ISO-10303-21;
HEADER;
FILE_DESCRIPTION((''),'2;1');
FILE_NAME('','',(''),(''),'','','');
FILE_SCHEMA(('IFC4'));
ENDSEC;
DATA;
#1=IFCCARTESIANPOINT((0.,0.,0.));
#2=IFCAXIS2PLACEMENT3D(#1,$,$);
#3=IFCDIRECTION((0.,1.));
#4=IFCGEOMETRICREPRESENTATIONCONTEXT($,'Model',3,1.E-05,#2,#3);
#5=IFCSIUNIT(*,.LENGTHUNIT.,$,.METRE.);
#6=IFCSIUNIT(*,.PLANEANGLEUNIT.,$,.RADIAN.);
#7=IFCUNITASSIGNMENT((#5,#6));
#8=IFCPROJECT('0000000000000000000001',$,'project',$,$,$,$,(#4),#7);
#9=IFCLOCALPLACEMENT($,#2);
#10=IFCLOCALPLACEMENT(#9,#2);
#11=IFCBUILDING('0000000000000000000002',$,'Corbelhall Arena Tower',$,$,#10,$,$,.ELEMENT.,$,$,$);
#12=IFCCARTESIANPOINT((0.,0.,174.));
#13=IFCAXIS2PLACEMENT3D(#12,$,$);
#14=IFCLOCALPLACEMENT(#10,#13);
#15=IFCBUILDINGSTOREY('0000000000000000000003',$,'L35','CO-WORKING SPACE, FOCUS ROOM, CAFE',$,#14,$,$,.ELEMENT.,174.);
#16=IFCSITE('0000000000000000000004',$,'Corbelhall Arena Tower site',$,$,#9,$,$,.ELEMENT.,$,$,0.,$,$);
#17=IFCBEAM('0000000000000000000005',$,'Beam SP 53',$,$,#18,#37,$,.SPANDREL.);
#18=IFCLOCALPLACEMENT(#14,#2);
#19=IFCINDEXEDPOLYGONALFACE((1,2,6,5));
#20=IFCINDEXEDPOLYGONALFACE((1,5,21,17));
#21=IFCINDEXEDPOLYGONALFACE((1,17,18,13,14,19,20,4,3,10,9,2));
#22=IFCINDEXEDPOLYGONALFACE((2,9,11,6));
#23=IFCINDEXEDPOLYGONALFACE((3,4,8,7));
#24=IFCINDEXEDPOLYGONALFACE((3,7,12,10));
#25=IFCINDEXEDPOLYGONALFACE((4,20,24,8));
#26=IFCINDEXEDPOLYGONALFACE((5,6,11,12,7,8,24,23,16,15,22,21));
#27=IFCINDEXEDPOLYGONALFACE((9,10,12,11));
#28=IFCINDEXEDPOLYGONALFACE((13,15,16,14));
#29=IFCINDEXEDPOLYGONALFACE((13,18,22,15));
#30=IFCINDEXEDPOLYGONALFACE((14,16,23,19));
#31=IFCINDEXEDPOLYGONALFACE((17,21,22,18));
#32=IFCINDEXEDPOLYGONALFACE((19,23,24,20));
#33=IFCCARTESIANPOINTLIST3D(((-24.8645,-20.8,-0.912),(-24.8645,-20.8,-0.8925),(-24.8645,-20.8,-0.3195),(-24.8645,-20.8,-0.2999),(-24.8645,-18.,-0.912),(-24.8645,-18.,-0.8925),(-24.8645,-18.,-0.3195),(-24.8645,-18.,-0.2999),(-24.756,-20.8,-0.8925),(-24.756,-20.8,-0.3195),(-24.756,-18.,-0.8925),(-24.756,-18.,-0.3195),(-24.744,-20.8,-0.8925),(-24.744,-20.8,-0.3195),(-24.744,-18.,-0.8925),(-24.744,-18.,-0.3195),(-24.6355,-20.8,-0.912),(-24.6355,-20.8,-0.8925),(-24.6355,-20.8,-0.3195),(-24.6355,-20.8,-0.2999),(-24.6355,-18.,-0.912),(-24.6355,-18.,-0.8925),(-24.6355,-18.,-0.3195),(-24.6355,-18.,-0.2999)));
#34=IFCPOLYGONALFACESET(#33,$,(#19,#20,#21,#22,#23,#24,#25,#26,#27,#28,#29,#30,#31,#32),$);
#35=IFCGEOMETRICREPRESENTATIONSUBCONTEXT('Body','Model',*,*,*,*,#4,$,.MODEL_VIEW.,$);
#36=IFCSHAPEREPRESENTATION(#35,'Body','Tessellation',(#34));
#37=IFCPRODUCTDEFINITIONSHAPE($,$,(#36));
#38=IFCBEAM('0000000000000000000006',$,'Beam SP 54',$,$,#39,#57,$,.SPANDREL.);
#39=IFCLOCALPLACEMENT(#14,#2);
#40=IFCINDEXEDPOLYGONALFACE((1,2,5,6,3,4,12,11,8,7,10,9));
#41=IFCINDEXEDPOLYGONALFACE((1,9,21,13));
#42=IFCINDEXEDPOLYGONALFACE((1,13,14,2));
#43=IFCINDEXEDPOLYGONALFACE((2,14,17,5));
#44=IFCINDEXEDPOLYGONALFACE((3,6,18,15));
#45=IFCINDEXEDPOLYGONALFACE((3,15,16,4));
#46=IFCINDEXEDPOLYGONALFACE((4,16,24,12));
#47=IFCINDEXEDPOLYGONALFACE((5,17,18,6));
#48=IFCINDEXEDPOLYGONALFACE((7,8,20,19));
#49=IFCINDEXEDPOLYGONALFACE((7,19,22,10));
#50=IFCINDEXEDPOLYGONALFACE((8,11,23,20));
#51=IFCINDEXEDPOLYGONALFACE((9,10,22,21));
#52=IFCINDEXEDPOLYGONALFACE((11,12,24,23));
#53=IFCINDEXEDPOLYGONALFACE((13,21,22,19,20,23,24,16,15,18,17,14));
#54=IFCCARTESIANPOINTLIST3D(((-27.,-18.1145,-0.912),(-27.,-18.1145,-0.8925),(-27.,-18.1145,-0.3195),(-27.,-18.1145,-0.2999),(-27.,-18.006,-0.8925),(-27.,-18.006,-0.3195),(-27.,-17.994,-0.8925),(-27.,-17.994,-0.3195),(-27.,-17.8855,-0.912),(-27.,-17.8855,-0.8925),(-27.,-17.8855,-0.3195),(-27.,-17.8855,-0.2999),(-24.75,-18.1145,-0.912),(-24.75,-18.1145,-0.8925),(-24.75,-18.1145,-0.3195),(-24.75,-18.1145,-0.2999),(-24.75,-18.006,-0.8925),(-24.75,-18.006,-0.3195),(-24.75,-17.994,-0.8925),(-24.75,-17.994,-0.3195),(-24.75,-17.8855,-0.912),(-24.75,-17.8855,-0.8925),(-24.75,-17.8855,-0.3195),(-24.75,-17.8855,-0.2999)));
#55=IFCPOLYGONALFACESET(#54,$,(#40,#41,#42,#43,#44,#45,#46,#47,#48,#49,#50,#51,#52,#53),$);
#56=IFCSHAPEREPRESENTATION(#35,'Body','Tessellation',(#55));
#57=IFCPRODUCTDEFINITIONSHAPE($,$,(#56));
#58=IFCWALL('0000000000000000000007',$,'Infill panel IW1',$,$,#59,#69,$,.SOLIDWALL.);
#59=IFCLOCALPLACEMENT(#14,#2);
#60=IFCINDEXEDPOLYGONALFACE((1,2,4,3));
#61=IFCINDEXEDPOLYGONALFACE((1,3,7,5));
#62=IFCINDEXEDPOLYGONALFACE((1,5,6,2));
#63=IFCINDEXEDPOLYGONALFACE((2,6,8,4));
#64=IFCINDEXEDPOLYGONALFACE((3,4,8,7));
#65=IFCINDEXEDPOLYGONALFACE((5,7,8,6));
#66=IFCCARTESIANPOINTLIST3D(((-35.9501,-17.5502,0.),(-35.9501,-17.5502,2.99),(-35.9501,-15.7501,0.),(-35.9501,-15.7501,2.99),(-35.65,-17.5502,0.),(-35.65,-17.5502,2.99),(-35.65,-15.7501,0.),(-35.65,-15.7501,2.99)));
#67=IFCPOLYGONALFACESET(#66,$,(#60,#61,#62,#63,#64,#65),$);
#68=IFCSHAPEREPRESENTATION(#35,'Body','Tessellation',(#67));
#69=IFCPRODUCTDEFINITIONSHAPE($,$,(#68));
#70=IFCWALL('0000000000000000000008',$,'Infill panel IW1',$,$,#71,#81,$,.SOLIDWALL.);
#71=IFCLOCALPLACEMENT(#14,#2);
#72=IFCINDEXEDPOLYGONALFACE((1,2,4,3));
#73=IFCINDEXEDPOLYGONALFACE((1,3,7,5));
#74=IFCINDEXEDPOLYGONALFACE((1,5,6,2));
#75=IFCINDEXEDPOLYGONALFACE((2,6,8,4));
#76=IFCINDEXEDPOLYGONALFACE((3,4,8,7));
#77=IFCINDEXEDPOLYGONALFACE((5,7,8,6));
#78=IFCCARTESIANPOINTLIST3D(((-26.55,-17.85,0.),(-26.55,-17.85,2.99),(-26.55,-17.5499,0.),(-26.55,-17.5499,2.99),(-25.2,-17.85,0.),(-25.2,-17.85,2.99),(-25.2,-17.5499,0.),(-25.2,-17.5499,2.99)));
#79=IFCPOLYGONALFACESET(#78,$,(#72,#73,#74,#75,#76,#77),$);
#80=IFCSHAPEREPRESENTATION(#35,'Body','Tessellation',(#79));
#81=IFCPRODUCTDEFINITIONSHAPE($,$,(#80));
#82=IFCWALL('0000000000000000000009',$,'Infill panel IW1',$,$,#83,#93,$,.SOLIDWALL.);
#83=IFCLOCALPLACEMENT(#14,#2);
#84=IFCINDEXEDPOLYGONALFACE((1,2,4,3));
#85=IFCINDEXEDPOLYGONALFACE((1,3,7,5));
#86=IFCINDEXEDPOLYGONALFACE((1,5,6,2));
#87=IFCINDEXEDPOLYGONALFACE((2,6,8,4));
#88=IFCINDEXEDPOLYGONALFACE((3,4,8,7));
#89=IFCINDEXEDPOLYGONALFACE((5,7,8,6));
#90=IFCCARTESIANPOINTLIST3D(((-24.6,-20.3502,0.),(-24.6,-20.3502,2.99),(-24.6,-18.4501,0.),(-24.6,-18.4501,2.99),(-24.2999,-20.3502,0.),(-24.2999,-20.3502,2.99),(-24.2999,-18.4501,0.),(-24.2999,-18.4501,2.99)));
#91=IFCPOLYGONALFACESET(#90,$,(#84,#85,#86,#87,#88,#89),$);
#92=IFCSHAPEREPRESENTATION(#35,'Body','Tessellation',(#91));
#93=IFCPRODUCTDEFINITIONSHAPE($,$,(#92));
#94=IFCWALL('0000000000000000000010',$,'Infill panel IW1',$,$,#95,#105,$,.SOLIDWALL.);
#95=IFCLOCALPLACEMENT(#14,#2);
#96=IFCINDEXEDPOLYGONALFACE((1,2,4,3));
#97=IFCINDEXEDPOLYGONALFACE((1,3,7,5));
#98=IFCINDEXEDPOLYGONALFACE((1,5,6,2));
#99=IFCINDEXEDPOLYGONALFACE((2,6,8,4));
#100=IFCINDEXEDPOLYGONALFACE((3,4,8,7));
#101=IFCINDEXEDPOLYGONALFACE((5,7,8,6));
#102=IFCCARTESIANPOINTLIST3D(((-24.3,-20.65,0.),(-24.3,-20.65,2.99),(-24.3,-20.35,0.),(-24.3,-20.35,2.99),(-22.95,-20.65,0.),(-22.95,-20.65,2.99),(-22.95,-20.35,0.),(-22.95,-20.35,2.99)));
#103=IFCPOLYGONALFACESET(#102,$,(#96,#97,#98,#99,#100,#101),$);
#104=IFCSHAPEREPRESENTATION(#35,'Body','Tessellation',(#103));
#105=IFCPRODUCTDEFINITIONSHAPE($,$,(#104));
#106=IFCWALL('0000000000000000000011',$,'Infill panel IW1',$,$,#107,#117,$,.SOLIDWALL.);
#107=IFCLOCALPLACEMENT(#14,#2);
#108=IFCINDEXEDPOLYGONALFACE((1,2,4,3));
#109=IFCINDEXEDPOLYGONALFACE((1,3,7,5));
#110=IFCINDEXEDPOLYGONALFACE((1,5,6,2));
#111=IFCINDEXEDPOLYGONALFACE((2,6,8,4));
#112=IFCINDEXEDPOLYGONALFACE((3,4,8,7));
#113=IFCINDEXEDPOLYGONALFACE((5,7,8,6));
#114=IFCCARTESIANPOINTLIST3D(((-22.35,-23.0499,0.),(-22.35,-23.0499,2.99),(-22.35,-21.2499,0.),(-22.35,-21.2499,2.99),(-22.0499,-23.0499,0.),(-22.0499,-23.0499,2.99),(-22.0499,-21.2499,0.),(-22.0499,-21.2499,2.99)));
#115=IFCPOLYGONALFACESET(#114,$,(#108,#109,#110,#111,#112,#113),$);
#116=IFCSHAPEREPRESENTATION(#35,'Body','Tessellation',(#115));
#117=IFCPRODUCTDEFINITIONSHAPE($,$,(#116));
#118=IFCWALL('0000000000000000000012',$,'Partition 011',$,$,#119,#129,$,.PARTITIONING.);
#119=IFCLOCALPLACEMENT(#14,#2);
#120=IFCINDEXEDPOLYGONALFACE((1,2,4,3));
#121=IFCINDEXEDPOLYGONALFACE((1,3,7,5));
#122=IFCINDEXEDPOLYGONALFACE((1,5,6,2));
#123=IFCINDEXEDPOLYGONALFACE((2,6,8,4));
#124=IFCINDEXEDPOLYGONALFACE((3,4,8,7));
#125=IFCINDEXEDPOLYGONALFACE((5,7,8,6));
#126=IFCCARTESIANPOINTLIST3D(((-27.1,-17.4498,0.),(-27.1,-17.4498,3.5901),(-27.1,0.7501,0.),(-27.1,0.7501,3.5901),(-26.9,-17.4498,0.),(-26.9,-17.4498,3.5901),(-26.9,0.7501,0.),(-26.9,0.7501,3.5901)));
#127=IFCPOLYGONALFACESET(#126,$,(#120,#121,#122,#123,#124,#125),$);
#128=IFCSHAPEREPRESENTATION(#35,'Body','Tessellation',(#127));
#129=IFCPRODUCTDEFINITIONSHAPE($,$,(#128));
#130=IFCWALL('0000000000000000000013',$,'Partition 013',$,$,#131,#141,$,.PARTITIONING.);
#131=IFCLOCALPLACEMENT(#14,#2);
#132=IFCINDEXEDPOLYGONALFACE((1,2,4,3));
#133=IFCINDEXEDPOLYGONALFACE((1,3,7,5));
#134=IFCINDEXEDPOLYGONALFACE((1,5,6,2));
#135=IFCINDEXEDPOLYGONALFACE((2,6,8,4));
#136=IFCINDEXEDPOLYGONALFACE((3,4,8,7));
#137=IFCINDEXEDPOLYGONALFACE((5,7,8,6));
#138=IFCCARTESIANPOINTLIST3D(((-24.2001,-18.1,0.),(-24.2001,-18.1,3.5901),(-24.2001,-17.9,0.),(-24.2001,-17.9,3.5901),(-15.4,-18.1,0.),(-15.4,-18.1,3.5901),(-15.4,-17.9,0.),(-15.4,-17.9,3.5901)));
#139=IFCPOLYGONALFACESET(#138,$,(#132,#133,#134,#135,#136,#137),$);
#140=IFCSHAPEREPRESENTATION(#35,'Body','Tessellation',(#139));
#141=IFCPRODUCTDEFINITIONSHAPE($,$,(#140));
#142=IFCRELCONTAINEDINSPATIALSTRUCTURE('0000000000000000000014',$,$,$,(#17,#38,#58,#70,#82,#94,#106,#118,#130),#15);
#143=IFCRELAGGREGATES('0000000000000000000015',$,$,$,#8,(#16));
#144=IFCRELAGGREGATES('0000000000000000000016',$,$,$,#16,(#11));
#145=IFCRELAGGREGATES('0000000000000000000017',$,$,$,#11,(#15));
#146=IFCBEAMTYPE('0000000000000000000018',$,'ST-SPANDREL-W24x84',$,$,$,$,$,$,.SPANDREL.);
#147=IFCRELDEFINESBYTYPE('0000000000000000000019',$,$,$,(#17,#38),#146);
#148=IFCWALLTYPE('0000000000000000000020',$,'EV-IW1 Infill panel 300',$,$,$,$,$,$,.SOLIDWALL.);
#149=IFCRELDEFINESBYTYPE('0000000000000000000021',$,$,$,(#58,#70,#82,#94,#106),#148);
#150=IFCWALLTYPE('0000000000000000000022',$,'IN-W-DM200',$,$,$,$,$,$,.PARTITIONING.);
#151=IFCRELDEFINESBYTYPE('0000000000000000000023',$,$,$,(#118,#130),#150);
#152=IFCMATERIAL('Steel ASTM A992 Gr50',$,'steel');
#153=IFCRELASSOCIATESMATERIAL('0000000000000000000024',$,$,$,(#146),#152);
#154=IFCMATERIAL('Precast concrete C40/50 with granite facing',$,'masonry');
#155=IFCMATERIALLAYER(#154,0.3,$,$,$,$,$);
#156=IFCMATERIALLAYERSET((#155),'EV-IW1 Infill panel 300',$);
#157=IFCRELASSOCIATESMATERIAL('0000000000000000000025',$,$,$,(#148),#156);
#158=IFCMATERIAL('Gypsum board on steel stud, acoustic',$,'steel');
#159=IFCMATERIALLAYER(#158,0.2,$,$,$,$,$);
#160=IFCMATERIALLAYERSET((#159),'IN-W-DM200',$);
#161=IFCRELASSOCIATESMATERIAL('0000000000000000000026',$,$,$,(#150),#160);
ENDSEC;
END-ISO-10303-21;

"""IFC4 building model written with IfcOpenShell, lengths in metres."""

from ifc_helpers import new_model, si_unit, direction, frame, frame_2d, origin, origin_2d, place, context, subcontext, project, spatial, rectangle, i_section, extrude, material, layer, layer_set, material_profile, profile_set, type_object, element, save


model = new_model("IFC4")

# Units and contexts
model_context = context("Model", 3, precision=1e-05, world=origin(), true_north=direction((0.0, 1.0)))
body_context = subcontext(model_context, "Body", "Model", "MODEL_VIEW")
ifc_project = project(units=[si_unit("LENGTHUNIT", "METRE"), si_unit("PLANEANGLEUNIT", "RADIAN")], contexts=[model_context])

# Site, building, storey
site_placement = place(None, origin())
site = spatial("IfcSite", under=ifc_project, at=site_placement, Name="Corbelhall Arena Tower site", CompositionType="ELEMENT", RefElevation=0.0)
building_placement = place(site_placement, origin())
building = spatial("IfcBuilding", under=site, at=building_placement, Name="Corbelhall Arena Tower", CompositionType="ELEMENT")
storey_placement = place(building_placement, frame((0.0, 0.0, 174.0)))
storey = spatial("IfcBuildingStorey", under=building, at=storey_placement, Name="L35", Description="CO-WORKING SPACE, FOCUS ROOM, CAFE", CompositionType="ELEMENT", Elevation=174.0)

# Beams
ifc_material_1 = material(Name="Steel ASTM A992 Gr50", Category="steel")
ifc_material_profile_1 = material_profile(ifc_material_1, i_section(OverallWidth=0.229, OverallDepth=0.6121, WebThickness=0.012, FlangeThickness=0.0195, at=origin_2d()))
ifc_profile_set_1 = profile_set([ifc_material_profile_1], Name="Steel ASTM A992 Gr50")
beam_type = type_object("IfcBeamType", Name="ST-SPANDREL-W24x84", PredefinedType="SPANDREL", material=ifc_profile_set_1)
beam_1_placement = place(storey_placement, frame((-24.75, -20.8, -0.606), z_axis=(0.0, 1.0, 0.0), x_axis=(-1.0, 0.0, 0.0)))
element("IfcBeam", 1, at=beam_1_placement, inside=storey, type_object=beam_type, Name="Beam SP 53", PredefinedType="SPANDREL", context=body_context, shape_type="SweptSolid", body=[
    extrude(i_section(OverallWidth=0.229, OverallDepth=0.6121, WebThickness=0.012, FlangeThickness=0.0195, at=origin_2d()), origin(), (0.0, 0.0, 1.0), 2.8),
])
beam_2_placement = place(storey_placement, frame((-24.75, -18.0, -0.606), z_axis=(-1.0, 0.0, 0.0), x_axis=(0.0, -1.0, 0.0)))
element("IfcBeam", 2, at=beam_2_placement, inside=storey, type_object=beam_type, Name="Beam SP 54", PredefinedType="SPANDREL", context=body_context, shape_type="SweptSolid", body=[
    extrude(i_section(OverallWidth=0.229, OverallDepth=0.6121, WebThickness=0.012, FlangeThickness=0.0195, at=origin_2d()), origin(), (0.0, 0.0, 1.0), 2.25),
])

# Wall
ifc_material_2 = material(Name="Precast concrete C40/50 with granite facing", Category="masonry")
ifc_layer_1 = layer(ifc_material_2, 0.3)
ifc_layer_set_1 = layer_set([ifc_layer_1], Name="EV-IW1 Infill panel 300")
wall_type_1 = type_object("IfcWallType", Name="EV-IW1 Infill panel 300", PredefinedType="SOLIDWALL", material=ifc_layer_set_1)
wall_1_placement = place(storey_placement, frame((-35.8, -17.55, 0.0), z_axis=(0.0, 0.0, 1.0), x_axis=(0.0, 1.0, 0.0)))
element("IfcWall", 3, at=wall_1_placement, inside=storey, type_object=wall_type_1, Name="Infill panel IW1", PredefinedType="SOLIDWALL", context=body_context, shape_type="SweptSolid", body=[
    extrude(rectangle(XDim=1.8, YDim=0.3, at=frame_2d((0.8999, 0.0))), origin(), (0.0, 0.0, 1.0), 2.99),
])

# Walls
wall_2_placement = place(storey_placement, frame((-26.55, -17.7, 0.0), z_axis=(0.0, 0.0, 1.0), x_axis=(1.0, 0.0, 0.0)))
element("IfcWall", 4, at=wall_2_placement, inside=storey, type_object=wall_type_1, Name="Infill panel IW1", PredefinedType="SOLIDWALL", context=body_context, shape_type="SweptSolid", body=[
    extrude(rectangle(XDim=1.3501, YDim=0.3, at=frame_2d((0.675, 0.0))), origin(), (0.0, 0.0, 1.0), 2.99),
])
wall_3_placement = place(storey_placement, frame((-24.45, -18.45, 0.0), z_axis=(0.0, 0.0, 1.0), x_axis=(0.0, -1.0, 0.0)))
element("IfcWall", 5, at=wall_3_placement, inside=storey, type_object=wall_type_1, Name="Infill panel IW1", PredefinedType="SOLIDWALL", context=body_context, shape_type="SweptSolid", body=[
    extrude(rectangle(XDim=1.9001, YDim=0.3, at=frame_2d((0.9502, 0.0))), origin(), (0.0, 0.0, 1.0), 2.99),
])
wall_4_placement = place(storey_placement, frame((-24.3, -20.5, 0.0), z_axis=(0.0, 0.0, 1.0), x_axis=(1.0, 0.0, 0.0)))
element("IfcWall", 6, at=wall_4_placement, inside=storey, type_object=wall_type_1, Name="Infill panel IW1", PredefinedType="SOLIDWALL", context=body_context, shape_type="SweptSolid", body=[
    extrude(rectangle(XDim=1.3501, YDim=0.3, at=frame_2d((0.675, 0.0))), origin(), (0.0, 0.0, 1.0), 2.99),
])
wall_5_placement = place(storey_placement, frame((-22.2, -21.25, 0.0), z_axis=(0.0, 0.0, 1.0), x_axis=(0.0, -1.0, 0.0)))
element("IfcWall", 7, at=wall_5_placement, inside=storey, type_object=wall_type_1, Name="Infill panel IW1", PredefinedType="SOLIDWALL", context=body_context, shape_type="SweptSolid", body=[
    extrude(rectangle(XDim=1.8, YDim=0.3, at=frame_2d((0.8999, 0.0))), origin(), (0.0, 0.0, 1.0), 2.99),
])

# Walls
ifc_material_3 = material(Name="Gypsum board on steel stud, acoustic", Category="steel")
ifc_layer_2 = layer(ifc_material_3, 0.2)
ifc_layer_set_2 = layer_set([ifc_layer_2], Name="IN-W-DM200")
wall_type_2 = type_object("IfcWallType", Name="IN-W-DM200", PredefinedType="PARTITIONING", material=ifc_layer_set_2)
wall_6_placement = place(storey_placement, frame((-27.0, -17.45, 0.0), z_axis=(0.0, 0.0, 1.0), x_axis=(0.0, 1.0, 0.0)))
element("IfcWall", 8, at=wall_6_placement, inside=storey, type_object=wall_type_2, Name="Partition 011", PredefinedType="PARTITIONING", context=body_context, shape_type="SweptSolid", body=[
    extrude(rectangle(XDim=18.2, YDim=0.2, at=frame_2d((9.1001, 0.0))), origin(), (0.0, 0.0, 1.0), 3.5901),
])
wall_7_placement = place(storey_placement, frame((-24.2, -18.0, 0.0), z_axis=(0.0, 0.0, 1.0), x_axis=(1.0, 0.0, 0.0)))
element("IfcWall", 9, at=wall_7_placement, inside=storey, type_object=wall_type_2, Name="Partition 013", PredefinedType="PARTITIONING", context=body_context, shape_type="SweptSolid", body=[
    extrude(rectangle(XDim=8.8, YDim=0.2, at=frame_2d((4.3999, 0.0))), origin(), (0.0, 0.0, 1.0), 3.5901),
])

save(model, "model.ifc")
